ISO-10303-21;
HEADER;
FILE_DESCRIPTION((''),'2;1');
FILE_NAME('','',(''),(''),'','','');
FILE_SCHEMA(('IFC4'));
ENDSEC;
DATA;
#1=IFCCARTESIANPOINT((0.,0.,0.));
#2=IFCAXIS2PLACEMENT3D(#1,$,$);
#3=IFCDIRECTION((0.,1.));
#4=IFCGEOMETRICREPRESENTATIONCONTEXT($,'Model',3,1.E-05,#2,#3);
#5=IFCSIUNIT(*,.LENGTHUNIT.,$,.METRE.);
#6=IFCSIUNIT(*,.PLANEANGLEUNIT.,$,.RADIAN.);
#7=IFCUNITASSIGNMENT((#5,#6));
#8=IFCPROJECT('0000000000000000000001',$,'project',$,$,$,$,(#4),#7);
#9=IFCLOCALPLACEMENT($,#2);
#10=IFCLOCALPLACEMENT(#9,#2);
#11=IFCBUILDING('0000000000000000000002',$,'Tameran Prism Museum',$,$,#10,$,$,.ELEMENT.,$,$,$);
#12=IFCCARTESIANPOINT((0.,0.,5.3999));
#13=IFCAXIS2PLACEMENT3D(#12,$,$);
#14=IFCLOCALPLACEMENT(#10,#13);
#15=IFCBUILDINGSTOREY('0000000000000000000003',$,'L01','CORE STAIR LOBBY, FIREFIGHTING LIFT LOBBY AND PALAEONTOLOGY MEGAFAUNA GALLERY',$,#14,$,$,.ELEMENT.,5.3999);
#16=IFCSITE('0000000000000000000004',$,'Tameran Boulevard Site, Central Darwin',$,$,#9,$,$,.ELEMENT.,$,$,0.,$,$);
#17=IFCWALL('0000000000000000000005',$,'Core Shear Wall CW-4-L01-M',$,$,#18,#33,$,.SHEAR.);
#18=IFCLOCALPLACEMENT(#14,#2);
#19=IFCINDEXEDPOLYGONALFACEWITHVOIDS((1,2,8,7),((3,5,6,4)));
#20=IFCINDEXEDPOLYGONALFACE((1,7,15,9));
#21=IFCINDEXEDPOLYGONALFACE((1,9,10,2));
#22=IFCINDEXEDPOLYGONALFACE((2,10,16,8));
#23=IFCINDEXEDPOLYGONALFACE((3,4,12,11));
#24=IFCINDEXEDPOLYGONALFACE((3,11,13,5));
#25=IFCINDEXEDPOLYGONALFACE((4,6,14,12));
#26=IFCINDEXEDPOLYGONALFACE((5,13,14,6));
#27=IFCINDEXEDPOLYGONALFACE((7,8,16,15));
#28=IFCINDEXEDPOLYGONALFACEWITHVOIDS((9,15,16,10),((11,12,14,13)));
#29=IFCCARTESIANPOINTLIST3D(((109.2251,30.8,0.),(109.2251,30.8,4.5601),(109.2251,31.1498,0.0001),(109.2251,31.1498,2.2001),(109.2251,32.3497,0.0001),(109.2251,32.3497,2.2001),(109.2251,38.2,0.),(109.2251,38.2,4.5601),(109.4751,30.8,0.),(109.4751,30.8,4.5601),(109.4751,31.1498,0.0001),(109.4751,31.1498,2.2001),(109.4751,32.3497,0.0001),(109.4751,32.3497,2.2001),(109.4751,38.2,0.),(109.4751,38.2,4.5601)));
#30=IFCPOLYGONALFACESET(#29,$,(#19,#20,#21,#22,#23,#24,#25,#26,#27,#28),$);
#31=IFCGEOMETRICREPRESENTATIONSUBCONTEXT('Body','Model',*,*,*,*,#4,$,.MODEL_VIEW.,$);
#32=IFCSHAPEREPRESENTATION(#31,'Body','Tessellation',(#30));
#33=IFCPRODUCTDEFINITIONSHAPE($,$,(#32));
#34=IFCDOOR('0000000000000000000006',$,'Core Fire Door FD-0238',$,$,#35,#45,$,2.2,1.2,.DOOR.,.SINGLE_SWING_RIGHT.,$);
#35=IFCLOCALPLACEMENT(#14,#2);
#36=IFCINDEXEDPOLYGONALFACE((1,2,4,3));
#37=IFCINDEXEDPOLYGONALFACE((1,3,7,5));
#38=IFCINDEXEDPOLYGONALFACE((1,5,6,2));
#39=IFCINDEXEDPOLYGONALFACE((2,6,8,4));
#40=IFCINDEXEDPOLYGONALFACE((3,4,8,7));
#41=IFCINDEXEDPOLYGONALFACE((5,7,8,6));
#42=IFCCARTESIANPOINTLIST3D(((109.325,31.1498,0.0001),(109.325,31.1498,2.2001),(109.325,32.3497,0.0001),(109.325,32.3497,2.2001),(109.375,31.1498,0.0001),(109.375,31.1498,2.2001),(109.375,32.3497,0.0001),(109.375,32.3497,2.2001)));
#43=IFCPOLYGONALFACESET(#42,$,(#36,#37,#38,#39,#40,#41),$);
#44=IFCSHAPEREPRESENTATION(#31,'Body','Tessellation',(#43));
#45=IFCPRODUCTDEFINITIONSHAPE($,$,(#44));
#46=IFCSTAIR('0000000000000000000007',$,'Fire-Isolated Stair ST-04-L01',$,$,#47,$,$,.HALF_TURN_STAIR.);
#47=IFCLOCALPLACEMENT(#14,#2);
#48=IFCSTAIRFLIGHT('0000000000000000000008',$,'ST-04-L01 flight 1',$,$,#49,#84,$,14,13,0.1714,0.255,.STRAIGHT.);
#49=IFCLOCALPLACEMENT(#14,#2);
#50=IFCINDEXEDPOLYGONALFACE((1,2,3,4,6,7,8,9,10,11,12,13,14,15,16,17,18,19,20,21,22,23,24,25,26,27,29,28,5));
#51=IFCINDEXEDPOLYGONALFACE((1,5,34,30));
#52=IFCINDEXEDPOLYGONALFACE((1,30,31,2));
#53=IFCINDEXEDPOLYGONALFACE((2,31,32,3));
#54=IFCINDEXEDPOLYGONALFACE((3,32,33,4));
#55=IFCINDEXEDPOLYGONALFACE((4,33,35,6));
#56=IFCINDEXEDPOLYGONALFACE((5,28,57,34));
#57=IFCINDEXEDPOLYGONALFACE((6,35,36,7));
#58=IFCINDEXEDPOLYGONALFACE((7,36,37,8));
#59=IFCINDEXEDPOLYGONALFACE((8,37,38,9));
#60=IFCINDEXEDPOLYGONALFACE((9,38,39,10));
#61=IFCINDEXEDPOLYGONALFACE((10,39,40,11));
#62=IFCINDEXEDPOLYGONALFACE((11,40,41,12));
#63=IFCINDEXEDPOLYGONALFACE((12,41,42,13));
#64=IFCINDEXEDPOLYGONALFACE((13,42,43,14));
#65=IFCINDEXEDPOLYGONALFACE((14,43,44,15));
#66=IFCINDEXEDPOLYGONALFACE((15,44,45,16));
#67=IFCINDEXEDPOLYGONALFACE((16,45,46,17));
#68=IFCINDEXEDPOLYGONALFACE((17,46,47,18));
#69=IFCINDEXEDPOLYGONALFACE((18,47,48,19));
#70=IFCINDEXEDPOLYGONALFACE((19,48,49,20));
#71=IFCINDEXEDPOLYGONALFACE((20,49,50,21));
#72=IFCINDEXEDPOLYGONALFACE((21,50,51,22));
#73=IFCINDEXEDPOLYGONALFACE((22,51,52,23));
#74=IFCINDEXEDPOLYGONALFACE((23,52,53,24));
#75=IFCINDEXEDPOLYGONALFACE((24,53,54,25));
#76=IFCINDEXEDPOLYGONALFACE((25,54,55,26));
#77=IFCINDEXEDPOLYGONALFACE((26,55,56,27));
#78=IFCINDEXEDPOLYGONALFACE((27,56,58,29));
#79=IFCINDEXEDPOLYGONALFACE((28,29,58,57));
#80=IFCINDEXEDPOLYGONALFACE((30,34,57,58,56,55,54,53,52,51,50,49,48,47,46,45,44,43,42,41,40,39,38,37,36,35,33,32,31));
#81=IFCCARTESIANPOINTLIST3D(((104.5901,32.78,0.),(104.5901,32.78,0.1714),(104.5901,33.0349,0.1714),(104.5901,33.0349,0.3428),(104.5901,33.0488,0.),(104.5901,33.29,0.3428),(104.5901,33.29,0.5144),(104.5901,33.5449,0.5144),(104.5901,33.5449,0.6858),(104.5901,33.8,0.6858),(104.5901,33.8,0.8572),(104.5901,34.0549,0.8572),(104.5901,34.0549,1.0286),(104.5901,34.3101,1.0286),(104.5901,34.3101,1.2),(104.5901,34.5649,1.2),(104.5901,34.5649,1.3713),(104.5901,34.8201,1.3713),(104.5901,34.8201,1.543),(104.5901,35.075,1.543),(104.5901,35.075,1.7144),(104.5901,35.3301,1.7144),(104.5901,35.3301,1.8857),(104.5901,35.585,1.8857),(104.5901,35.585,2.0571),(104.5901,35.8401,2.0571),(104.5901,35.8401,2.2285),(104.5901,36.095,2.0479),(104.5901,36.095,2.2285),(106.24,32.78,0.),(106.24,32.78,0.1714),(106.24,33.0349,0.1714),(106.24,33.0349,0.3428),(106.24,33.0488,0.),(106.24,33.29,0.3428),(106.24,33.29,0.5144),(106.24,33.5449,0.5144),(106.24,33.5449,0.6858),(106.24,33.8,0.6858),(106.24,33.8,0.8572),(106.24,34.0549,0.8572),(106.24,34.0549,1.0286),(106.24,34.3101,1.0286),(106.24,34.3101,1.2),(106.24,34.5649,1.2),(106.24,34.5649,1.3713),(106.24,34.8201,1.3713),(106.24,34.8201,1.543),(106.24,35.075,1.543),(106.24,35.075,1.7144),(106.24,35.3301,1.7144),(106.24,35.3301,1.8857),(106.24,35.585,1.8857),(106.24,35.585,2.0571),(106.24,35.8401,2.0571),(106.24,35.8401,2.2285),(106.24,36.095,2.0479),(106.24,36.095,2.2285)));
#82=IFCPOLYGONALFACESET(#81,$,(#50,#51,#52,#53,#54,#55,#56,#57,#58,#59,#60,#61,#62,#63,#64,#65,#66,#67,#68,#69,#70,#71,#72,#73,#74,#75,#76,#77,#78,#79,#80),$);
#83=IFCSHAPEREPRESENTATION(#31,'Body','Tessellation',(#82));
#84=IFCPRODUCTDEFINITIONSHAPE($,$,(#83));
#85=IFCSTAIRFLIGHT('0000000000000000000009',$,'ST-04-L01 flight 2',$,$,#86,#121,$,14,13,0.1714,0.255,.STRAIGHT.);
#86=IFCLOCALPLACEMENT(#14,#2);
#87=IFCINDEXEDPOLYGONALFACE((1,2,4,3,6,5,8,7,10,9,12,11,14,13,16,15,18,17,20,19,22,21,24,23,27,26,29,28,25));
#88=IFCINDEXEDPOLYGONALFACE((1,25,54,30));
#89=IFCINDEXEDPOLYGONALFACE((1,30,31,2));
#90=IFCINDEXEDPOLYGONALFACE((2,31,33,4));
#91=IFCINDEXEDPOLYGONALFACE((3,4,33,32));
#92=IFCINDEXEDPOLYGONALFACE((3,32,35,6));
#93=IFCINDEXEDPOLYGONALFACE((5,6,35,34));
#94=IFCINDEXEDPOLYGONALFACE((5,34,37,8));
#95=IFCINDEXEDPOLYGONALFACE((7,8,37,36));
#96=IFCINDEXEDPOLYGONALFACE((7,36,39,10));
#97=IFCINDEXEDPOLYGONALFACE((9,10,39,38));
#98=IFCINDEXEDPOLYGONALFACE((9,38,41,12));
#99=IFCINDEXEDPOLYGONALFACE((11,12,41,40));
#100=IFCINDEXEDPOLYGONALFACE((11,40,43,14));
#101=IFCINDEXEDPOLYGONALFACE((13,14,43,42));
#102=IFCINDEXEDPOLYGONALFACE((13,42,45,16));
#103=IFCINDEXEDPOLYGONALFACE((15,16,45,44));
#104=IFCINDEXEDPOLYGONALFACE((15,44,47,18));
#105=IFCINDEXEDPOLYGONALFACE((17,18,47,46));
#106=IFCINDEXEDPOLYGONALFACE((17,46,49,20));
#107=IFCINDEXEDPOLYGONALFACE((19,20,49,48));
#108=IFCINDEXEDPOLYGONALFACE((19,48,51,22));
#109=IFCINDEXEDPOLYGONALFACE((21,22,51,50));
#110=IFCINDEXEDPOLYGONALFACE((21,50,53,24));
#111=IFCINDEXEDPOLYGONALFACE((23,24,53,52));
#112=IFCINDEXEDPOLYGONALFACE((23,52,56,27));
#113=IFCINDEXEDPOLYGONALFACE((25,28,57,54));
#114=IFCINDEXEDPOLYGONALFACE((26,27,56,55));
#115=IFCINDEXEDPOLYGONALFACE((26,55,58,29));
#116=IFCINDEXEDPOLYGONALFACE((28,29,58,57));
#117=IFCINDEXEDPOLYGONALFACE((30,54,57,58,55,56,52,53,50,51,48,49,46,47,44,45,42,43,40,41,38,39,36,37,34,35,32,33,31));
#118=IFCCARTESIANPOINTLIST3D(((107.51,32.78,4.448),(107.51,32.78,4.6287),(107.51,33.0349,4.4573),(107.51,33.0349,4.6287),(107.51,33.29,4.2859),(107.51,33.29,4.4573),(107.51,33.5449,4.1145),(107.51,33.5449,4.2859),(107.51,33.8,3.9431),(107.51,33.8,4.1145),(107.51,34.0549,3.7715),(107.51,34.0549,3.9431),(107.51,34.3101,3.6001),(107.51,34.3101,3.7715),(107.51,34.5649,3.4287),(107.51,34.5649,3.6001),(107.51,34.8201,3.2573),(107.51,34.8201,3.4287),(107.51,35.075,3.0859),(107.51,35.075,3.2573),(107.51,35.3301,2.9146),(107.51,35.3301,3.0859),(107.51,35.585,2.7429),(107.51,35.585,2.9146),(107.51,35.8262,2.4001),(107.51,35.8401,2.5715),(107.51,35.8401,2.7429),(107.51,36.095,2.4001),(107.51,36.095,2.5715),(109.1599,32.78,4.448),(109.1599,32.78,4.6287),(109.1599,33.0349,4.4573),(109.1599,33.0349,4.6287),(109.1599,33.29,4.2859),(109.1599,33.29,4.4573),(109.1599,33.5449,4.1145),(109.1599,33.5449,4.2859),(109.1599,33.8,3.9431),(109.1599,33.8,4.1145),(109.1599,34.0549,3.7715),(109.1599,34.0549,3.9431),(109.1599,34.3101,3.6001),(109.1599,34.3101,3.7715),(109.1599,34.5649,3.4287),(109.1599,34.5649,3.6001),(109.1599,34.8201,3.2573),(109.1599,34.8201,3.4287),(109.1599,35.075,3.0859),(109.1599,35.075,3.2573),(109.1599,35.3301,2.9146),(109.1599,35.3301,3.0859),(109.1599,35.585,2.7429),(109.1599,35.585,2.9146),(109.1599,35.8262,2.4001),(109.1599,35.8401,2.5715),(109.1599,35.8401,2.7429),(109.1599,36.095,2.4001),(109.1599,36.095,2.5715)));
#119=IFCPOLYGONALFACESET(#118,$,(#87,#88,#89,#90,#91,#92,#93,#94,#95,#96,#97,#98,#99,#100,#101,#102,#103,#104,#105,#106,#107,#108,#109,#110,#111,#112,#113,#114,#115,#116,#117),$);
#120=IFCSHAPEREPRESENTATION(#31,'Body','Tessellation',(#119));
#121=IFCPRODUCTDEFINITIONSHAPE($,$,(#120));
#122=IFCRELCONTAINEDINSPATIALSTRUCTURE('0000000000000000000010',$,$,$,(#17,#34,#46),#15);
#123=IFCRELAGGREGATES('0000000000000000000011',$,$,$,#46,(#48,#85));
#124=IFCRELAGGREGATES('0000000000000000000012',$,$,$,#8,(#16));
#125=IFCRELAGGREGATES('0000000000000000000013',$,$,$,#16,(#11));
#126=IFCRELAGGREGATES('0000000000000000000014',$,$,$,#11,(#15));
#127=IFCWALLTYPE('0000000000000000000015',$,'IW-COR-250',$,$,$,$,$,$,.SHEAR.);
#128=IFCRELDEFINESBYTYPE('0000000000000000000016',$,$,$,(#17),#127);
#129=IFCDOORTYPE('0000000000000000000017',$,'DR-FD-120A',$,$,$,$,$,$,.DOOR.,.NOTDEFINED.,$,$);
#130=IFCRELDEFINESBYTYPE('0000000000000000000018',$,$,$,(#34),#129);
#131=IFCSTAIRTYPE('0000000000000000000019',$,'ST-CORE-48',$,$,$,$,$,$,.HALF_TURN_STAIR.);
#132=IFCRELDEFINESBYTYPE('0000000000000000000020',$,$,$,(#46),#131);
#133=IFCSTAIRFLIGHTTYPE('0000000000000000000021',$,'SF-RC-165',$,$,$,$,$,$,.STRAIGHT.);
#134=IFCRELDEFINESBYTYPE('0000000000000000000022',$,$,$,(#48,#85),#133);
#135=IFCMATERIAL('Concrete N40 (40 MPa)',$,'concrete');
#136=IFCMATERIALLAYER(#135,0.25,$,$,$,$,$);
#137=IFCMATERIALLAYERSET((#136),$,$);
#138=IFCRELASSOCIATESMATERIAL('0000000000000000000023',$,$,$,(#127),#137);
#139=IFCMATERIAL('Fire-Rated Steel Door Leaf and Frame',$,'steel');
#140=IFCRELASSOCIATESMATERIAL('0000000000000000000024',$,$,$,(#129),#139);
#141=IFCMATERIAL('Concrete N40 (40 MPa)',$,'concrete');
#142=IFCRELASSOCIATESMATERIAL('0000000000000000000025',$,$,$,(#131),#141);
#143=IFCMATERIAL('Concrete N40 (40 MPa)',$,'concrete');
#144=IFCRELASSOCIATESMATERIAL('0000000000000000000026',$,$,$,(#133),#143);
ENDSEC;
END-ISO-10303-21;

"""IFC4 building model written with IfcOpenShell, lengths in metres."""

from ifc_helpers import new_model, si_unit, direction, frame, frame_2d, origin, place, context, subcontext, project, spatial, polyline, rectangle, outline, extrude, material, layer, layer_set, type_object, element, fill, aggregate, save


model = new_model("IFC4")

# Units and contexts
model_context = context("Model", 3, precision=1e-05, world=origin(), true_north=direction((0.0, 1.0)))
body_context = subcontext(model_context, "Body", "Model", "MODEL_VIEW")
ifc_project = project(units=[si_unit("LENGTHUNIT", "METRE"), si_unit("PLANEANGLEUNIT", "RADIAN")], contexts=[model_context])

# Site, building, storey
site_placement = place(None, origin())
site = spatial("IfcSite", under=ifc_project, at=site_placement, Name="Tameran Boulevard Site, Central Darwin", CompositionType="ELEMENT", RefElevation=0.0)
building_placement = place(site_placement, origin())
building = spatial("IfcBuilding", under=site, at=building_placement, Name="Tameran Prism Museum", CompositionType="ELEMENT")
storey_placement = place(building_placement, frame((0.0, 0.0, 5.3999)))
storey = spatial("IfcBuildingStorey", under=building, at=storey_placement, Name="L01", Description="CORE STAIR LOBBY, FIREFIGHTING LIFT LOBBY AND PALAEONTOLOGY MEGAFAUNA GALLERY", CompositionType="ELEMENT", Elevation=5.3999)

# Shared definitions
ifc_material_1 = material(Name="Concrete N40 (40 MPa)", Category="concrete")
ifc_layer_1 = layer(ifc_material_1, 0.25)
ifc_layer_set_1 = layer_set([ifc_layer_1])
wall_type_1 = type_object("IfcWallType", Name="IW-COR-250", PredefinedType="SHEAR", material=ifc_layer_set_1)

# Wall, opening, door
wall_1_placement = place(storey_placement, frame((109.3501, 38.2, 0.0), z_axis=(0.0, 0.0, 1.0), x_axis=(0.0, -1.0, 0.0)))
wall_1 = element("IfcWall", 1, at=wall_1_placement, inside=storey, type_object=wall_type_1, Name="Core Shear Wall CW-4-L01-M", PredefinedType="SHEAR", context=body_context, shape_type="SweptSolid", body=[
    extrude(rectangle(XDim=7.3999, YDim=0.25, at=frame_2d((3.7, 0.0))), origin(), (0.0, 0.0, 1.0), 4.5601),
])
opening_placement = place(wall_1_placement, frame((5.8501, 0.0, 0.0)))
opening = element("IfcOpeningElement", 2, at=opening_placement, cuts=wall_1, PredefinedType="OPENING", context=body_context, shape_type="SweptSolid", body=[
    extrude(rectangle(XDim=1.2, YDim=2.2, at=frame_2d((0.6001, 1.1001))), frame((0.0, 0.135, 0.0), z_axis=(0.0, -1.0, 0.0), x_axis=(1.0, 0.0, 0.0)), (0.0, 0.0, 1.0), 0.27),
])
ifc_material_2 = material(Name="Fire-Rated Steel Door Leaf and Frame", Category="steel")
door_type = type_object("IfcDoorType", Name="DR-FD-120A", OperationType="NOTDEFINED", PredefinedType="DOOR", material=ifc_material_2)
door_placement = place(opening_placement, origin())
door = element("IfcDoor", 3, at=door_placement, inside=storey, type_object=door_type, Name="Core Fire Door FD-0238", OperationType="SINGLE_SWING_RIGHT", OverallHeight=2.2, OverallWidth=1.2, PredefinedType="DOOR", context=body_context, shape_type="SweptSolid", body=[
    extrude(rectangle(XDim=1.2, YDim=2.2, at=frame_2d((0.6001, 1.1001))), frame((0.0, 0.0249, 0.0), z_axis=(0.0, -1.0, 0.0), x_axis=(1.0, 0.0, 0.0)), (0.0, 0.0, 1.0), 0.05),
])
fill(opening, door)

# Stair, stair flights
ifc_material_3 = material(Name="Concrete N40 (40 MPa)", Category="concrete")
stair_type = type_object("IfcStairType", Name="ST-CORE-48", PredefinedType="HALF_TURN_STAIR", material=ifc_material_3)
stair_placement = place(storey_placement, origin())
stair = element("IfcStair", 4, at=stair_placement, inside=storey, type_object=stair_type, Name="Fire-Isolated Stair ST-04-L01", PredefinedType="HALF_TURN_STAIR")
ifc_material_4 = material(Name="Concrete N40 (40 MPa)", Category="concrete")
stair_flight_type = type_object("IfcStairFlightType", Name="SF-RC-165", PredefinedType="STRAIGHT", material=ifc_material_4)
stair_flight_1_placement = place(storey_placement, frame((105.415, 32.78, 0.0), z_axis=(0.0, 0.0, 1.0), x_axis=(0.0, 1.0, 0.0)))
stair_flight_1 = element("IfcStairFlight", 5, at=stair_flight_1_placement, type_object=stair_flight_type, Name="ST-04-L01 flight 1", NumberOfRisers=14, NumberOfTreads=13, PredefinedType="STRAIGHT", RiserHeight=0.1714, TreadLength=0.255, context=body_context, shape_type="SweptSolid", body=[
    extrude(outline(polyline([(0.0, 0.0), (0.0, 0.1714), (0.2549, 0.1714), (0.2549, 0.3428), (0.51, 0.3428), (0.51, 0.5144), (0.7649, 0.5144), (0.7649, 0.6858), (1.02, 0.6858), (1.02, 0.8572), (1.2749, 0.8572), (1.2749, 1.0286), (1.53, 1.0286), (1.53, 1.2), (1.7849, 1.2), (1.7849, 1.3713), (2.04, 1.3713), (2.04, 1.543), (2.2949, 1.543), (2.2949, 1.7144), (2.55, 1.7144), (2.55, 1.8857), (2.8049, 1.8857), (2.8049, 2.0571), (3.0601, 2.0571), (3.0601, 2.2285), (3.3149, 2.2285), (3.3149, 2.3999), (3.3149, 2.0479), (0.2688, 0.0), (0.0, 0.0)])), frame((0.0, 0.825, 0.0), z_axis=(0.0, -1.0, 0.0), x_axis=(1.0, 0.0, 0.0)), (0.0, 0.0, 1.0), 1.6499),
])
stair_flight_2_placement = place(storey_placement, frame((108.335, 36.095, 2.4001), z_axis=(0.0, 0.0, 1.0), x_axis=(0.0, -1.0, 0.0)))
stair_flight_2 = element("IfcStairFlight", 6, at=stair_flight_2_placement, type_object=stair_flight_type, Name="ST-04-L01 flight 2", NumberOfRisers=14, NumberOfTreads=13, PredefinedType="STRAIGHT", RiserHeight=0.1714, TreadLength=0.255, context=body_context, shape_type="SweptSolid", body=[
    extrude(outline(polyline([(0.0, 0.0), (0.0, 0.1714), (0.2549, 0.1714), (0.2549, 0.3428), (0.51, 0.3428), (0.51, 0.5144), (0.7649, 0.5144), (0.7649, 0.6858), (1.02, 0.6858), (1.02, 0.8572), (1.2749, 0.8572), (1.2749, 1.0286), (1.53, 1.0286), (1.53, 1.2), (1.7849, 1.2), (1.7849, 1.3713), (2.04, 1.3713), (2.04, 1.543), (2.2949, 1.543), (2.2949, 1.7144), (2.55, 1.7144), (2.55, 1.8857), (2.8049, 1.8857), (2.8049, 2.0571), (3.0601, 2.0571), (3.0601, 2.2285), (3.3149, 2.2285), (3.3149, 2.3999), (3.3149, 2.0479), (0.2688, 0.0), (0.0, 0.0)])), frame((0.0, 0.825, 0.0), z_axis=(0.0, -1.0, 0.0), x_axis=(1.0, 0.0, 0.0)), (0.0, 0.0, 1.0), 1.6499),
])
aggregate(stair, [stair_flight_1, stair_flight_2])

save(model, "model.ifc")
